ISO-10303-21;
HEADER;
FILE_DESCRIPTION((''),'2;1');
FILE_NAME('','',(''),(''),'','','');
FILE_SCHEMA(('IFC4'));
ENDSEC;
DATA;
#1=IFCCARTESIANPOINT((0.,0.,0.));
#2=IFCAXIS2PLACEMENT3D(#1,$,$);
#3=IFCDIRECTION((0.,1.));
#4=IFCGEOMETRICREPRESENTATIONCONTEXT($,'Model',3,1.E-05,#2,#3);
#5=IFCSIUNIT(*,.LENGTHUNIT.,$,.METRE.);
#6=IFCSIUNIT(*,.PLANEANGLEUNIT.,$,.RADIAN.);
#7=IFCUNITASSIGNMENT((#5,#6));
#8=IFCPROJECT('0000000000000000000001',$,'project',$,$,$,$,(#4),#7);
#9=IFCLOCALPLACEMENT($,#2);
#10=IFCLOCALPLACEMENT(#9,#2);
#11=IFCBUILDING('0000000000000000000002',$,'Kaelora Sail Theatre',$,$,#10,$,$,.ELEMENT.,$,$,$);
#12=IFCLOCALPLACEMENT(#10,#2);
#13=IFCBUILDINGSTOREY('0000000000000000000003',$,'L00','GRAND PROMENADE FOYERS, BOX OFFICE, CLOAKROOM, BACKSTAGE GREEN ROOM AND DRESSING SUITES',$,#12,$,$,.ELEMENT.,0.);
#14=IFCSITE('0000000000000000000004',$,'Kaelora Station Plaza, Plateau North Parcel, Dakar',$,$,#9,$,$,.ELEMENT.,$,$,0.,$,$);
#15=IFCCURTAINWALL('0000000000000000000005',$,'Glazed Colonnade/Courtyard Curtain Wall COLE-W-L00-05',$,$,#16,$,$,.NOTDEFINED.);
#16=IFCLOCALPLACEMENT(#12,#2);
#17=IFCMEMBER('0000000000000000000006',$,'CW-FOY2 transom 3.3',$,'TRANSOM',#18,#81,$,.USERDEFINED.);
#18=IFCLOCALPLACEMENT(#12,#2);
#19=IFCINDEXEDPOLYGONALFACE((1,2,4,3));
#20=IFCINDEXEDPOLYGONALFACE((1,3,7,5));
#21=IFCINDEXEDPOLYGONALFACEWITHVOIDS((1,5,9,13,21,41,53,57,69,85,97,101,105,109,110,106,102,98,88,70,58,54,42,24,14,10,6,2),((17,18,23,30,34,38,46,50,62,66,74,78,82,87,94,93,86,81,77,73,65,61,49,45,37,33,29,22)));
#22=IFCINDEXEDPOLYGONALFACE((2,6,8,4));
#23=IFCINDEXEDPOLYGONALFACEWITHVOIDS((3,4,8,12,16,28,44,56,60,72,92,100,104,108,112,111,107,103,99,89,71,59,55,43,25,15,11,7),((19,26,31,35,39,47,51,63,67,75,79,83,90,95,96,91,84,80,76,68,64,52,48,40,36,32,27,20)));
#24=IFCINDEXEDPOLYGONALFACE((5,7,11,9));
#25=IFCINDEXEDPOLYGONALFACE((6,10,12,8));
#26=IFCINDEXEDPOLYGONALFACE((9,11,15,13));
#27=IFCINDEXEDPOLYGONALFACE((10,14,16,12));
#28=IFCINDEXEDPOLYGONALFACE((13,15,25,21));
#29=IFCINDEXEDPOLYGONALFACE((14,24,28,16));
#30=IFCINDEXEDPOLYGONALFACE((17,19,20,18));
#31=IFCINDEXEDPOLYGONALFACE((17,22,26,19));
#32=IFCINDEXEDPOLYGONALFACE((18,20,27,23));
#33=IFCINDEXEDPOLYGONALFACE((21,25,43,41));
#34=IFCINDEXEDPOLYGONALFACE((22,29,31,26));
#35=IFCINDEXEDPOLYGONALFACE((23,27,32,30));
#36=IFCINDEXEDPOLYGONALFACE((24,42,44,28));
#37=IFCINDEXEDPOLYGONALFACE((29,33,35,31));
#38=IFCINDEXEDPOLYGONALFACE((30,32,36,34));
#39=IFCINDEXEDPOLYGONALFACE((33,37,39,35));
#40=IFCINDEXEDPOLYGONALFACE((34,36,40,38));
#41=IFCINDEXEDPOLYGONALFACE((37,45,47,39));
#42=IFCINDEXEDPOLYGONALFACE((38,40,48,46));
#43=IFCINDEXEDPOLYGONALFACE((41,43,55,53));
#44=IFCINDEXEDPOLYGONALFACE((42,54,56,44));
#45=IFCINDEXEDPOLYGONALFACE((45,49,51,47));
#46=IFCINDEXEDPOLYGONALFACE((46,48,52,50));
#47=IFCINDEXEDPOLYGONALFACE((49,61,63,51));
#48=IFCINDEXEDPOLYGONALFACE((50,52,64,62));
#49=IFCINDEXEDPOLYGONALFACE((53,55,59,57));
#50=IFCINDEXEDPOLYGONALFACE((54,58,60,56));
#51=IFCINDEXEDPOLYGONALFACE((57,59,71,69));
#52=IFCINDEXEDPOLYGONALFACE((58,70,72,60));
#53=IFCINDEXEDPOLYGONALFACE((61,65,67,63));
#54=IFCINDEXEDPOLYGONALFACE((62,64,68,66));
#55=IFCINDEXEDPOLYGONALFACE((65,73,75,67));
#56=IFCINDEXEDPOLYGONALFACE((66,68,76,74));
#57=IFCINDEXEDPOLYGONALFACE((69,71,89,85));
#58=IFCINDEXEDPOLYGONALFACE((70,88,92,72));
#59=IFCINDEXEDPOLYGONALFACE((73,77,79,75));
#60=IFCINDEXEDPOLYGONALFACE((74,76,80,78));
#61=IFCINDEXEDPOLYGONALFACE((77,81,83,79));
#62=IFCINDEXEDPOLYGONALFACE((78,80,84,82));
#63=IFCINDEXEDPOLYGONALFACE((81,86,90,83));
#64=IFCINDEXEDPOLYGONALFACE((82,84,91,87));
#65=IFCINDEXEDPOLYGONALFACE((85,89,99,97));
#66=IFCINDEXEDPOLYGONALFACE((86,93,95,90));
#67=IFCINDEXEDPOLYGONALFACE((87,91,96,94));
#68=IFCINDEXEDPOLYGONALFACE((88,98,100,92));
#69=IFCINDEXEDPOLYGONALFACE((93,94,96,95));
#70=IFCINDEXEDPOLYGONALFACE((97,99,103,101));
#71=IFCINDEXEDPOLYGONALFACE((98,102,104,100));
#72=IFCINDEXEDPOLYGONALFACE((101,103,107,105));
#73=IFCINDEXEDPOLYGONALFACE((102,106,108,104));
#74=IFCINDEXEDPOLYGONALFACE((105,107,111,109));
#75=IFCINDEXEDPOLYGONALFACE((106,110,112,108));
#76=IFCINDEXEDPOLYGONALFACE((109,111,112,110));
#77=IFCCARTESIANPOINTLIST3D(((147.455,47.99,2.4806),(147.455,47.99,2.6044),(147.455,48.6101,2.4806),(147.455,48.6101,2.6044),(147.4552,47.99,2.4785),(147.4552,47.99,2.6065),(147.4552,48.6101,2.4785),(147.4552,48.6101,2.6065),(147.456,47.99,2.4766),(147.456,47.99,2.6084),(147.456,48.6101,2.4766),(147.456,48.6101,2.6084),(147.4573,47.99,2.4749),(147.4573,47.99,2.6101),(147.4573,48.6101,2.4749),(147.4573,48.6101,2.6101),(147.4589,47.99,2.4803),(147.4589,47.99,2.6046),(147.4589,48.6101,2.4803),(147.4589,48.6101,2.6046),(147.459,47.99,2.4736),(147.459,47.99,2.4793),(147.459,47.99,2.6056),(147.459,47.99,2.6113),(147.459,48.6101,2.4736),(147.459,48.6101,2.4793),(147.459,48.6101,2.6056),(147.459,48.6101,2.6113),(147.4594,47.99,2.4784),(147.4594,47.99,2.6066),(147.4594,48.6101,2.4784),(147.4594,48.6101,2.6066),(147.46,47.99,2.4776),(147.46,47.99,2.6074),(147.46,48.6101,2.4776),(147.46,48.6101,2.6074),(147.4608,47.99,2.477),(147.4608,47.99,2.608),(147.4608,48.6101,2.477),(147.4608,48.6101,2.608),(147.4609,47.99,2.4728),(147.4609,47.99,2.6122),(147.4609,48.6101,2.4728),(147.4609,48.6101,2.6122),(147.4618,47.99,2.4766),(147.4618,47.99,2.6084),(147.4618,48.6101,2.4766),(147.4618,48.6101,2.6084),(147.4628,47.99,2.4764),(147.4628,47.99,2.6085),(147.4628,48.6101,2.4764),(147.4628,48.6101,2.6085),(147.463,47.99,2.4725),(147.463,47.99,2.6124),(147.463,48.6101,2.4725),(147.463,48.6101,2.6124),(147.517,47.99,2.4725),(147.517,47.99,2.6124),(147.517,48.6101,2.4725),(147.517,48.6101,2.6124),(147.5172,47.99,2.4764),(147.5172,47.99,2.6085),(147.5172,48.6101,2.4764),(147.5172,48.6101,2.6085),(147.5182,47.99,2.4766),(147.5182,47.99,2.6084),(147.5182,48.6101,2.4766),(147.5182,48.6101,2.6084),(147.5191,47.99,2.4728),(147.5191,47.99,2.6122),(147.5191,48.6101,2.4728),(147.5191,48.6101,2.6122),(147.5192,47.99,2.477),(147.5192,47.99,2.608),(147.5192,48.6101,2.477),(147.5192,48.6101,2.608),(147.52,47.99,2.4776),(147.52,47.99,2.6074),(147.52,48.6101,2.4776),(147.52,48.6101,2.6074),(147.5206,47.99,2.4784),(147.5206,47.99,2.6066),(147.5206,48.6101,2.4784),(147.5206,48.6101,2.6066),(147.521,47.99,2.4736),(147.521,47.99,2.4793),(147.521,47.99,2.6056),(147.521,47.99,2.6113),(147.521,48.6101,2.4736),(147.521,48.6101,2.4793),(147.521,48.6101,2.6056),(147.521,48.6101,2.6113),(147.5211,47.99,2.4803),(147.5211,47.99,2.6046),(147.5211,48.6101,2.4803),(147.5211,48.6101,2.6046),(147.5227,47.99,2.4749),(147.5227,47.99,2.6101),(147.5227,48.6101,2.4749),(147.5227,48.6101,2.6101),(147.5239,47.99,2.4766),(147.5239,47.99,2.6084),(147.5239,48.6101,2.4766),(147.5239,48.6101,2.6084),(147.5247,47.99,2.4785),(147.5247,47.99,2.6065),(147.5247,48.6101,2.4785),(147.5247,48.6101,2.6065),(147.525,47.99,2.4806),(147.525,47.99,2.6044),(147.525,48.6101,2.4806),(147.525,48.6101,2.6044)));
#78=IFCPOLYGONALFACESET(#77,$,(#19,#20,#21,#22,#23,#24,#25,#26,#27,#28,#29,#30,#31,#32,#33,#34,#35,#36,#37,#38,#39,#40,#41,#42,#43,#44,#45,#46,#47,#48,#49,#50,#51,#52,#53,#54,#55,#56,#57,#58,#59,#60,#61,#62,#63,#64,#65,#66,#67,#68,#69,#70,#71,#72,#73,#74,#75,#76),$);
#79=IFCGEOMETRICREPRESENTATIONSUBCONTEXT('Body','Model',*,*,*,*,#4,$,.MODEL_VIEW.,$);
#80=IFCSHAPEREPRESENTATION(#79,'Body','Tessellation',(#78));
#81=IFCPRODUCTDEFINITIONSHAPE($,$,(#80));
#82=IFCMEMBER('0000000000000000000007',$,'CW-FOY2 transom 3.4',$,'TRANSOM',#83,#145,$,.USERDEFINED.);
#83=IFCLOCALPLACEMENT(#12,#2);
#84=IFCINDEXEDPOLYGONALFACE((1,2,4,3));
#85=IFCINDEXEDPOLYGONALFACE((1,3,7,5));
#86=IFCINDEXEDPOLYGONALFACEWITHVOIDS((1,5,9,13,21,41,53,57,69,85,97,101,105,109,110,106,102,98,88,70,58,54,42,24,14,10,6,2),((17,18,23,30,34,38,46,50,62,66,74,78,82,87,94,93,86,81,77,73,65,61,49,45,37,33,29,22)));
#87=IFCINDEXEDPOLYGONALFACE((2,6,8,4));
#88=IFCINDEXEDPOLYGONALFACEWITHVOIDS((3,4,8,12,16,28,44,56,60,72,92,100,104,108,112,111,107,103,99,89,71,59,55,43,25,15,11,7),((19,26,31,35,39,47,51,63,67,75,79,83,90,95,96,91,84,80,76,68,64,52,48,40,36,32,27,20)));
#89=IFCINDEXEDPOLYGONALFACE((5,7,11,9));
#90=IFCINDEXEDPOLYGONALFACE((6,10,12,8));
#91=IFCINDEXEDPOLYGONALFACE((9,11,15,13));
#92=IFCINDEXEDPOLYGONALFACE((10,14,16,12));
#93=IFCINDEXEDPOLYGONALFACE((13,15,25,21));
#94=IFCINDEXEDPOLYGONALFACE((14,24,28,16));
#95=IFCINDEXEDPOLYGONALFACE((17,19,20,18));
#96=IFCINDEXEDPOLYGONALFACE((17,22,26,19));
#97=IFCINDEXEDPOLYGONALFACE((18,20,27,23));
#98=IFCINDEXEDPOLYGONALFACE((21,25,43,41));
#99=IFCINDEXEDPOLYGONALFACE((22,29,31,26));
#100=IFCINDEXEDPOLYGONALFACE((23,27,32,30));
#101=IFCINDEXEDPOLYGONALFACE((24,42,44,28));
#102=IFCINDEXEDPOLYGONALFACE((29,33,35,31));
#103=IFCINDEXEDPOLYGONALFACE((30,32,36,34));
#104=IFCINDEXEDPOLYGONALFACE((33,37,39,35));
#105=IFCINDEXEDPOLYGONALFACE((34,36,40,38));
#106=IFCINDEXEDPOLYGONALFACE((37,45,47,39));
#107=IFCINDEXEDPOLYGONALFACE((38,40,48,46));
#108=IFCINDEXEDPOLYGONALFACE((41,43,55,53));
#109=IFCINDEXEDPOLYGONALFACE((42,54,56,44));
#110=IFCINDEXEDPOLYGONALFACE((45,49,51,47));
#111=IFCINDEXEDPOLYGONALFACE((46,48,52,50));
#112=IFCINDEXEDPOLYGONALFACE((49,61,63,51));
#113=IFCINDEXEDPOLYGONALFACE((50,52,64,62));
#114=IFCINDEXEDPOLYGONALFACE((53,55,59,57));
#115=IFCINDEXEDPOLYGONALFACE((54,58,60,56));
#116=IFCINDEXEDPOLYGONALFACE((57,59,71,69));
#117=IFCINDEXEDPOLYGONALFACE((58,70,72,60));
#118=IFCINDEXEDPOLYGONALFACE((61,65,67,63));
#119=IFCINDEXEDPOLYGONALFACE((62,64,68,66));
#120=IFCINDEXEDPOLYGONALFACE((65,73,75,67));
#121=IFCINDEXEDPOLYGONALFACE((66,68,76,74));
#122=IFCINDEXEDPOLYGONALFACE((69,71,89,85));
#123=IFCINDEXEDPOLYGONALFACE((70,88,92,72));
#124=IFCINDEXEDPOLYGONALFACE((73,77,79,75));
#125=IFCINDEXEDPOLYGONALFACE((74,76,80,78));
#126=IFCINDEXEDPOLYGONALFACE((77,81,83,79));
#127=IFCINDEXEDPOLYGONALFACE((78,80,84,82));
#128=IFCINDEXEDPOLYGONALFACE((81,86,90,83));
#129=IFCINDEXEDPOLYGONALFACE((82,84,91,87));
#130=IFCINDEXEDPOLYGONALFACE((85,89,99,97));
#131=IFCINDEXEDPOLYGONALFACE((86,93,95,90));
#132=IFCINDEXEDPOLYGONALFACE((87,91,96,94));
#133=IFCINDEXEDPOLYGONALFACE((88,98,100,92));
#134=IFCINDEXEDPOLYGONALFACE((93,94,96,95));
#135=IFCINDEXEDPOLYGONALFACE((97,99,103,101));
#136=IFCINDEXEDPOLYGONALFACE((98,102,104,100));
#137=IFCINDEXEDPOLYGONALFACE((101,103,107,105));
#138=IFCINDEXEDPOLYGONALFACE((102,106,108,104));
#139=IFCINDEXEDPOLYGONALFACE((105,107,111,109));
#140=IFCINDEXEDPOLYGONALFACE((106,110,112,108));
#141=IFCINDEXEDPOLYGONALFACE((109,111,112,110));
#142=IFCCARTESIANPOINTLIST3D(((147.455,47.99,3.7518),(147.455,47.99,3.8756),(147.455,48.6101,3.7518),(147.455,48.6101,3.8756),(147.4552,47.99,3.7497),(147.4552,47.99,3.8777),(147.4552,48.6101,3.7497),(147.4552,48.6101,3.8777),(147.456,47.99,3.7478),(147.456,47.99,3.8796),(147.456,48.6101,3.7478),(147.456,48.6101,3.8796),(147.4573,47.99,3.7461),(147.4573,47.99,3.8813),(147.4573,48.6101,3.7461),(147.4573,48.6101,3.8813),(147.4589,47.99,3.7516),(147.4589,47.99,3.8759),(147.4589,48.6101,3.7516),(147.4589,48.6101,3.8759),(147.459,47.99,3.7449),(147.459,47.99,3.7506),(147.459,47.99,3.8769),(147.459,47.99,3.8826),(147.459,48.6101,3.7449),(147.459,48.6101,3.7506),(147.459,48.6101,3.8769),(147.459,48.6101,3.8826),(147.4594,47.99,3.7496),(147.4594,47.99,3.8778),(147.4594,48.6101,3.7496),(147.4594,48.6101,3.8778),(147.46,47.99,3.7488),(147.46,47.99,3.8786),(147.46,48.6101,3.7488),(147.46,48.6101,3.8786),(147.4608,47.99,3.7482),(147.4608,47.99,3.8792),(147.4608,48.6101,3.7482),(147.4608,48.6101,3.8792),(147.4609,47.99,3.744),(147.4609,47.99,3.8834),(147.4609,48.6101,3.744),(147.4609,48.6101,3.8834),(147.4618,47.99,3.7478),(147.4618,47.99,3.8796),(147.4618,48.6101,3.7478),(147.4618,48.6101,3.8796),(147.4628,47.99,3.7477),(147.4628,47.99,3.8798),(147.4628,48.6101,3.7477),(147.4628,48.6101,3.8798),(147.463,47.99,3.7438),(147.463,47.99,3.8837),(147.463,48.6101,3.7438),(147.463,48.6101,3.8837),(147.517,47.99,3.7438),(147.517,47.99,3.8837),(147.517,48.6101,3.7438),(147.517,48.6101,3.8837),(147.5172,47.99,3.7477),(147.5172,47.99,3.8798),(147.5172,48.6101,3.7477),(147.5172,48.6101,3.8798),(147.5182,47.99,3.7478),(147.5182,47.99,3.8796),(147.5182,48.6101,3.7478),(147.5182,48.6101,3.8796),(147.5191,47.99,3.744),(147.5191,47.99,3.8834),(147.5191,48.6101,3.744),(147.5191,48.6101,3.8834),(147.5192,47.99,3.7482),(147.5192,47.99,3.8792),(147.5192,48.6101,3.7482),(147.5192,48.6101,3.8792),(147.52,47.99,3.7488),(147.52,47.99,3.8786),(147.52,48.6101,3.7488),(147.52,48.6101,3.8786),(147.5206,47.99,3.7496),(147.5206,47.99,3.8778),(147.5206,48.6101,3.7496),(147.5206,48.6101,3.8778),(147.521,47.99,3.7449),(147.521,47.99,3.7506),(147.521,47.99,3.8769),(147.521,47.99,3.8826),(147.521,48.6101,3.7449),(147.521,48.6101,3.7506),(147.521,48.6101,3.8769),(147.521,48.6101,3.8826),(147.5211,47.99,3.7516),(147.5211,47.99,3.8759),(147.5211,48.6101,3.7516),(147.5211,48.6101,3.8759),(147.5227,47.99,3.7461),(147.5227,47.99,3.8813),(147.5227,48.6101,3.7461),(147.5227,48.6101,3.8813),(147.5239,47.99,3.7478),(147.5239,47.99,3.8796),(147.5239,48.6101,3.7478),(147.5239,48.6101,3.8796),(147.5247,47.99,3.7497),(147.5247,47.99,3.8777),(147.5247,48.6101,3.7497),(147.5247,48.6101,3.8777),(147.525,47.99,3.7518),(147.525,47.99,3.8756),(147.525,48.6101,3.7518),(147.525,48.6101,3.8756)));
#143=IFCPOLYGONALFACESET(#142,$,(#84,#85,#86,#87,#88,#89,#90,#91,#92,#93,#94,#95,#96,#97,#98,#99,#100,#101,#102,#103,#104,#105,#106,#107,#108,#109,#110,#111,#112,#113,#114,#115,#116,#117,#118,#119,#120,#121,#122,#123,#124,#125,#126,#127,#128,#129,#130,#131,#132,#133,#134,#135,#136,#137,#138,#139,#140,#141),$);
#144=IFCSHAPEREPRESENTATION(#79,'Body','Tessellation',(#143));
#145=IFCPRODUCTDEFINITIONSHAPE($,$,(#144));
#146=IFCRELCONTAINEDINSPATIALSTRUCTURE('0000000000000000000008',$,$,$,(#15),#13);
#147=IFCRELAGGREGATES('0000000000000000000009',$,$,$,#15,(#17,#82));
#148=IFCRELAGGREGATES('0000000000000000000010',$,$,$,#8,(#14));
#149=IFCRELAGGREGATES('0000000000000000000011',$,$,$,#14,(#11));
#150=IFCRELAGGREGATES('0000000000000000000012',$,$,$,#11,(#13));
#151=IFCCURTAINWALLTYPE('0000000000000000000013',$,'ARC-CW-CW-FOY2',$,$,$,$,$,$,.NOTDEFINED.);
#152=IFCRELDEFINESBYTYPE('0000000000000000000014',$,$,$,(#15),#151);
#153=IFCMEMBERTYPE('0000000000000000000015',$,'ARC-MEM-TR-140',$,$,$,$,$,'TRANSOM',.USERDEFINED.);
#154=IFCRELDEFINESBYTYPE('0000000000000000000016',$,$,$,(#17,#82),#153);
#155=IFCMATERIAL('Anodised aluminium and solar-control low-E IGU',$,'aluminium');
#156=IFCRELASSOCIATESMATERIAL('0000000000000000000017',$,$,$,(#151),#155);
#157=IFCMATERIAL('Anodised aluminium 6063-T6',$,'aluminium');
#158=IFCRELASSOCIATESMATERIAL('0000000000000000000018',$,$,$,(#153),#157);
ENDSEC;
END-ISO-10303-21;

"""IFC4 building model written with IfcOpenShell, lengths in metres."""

from ifc_helpers import new_model, si_unit, direction, frame, origin, origin_2d, place, context, subcontext, project, spatial, hollow_rectangle, extrude, material, material_profile, profile_set, type_object, element, aggregate, save


model = new_model("IFC4")

# Units and contexts
model_context = context("Model", 3, precision=1e-05, world=origin(), true_north=direction((0.0, 1.0)))
body_context = subcontext(model_context, "Body", "Model", "MODEL_VIEW")
ifc_project = project(units=[si_unit("LENGTHUNIT", "METRE"), si_unit("PLANEANGLEUNIT", "RADIAN")], contexts=[model_context])

# Site, building, storey
site_placement = place(None, origin())
site = spatial("IfcSite", under=ifc_project, at=site_placement, Name="Kaelora Station Plaza, Plateau North Parcel, Dakar", CompositionType="ELEMENT", RefElevation=0.0)
building_placement = place(site_placement, origin())
building = spatial("IfcBuilding", under=site, at=building_placement, Name="Kaelora Sail Theatre", CompositionType="ELEMENT")
storey_placement = place(building_placement, origin())
storey = spatial("IfcBuildingStorey", under=building, at=storey_placement, Name="L00", Description="GRAND PROMENADE FOYERS, BOX OFFICE, CLOAKROOM, BACKSTAGE GREEN ROOM AND DRESSING SUITES", CompositionType="ELEMENT", Elevation=0.0)

# Curtain wall, members
ifc_material_1 = material(Name="Anodised aluminium and solar-control low-E IGU", Category="aluminium")
curtain_wall_type = type_object("IfcCurtainWallType", Name="ARC-CW-CW-FOY2", PredefinedType="NOTDEFINED", material=ifc_material_1)
curtain_wall_placement = place(storey_placement, origin())
curtain_wall = element("IfcCurtainWall", 1, at=curtain_wall_placement, inside=storey, type_object=curtain_wall_type, Name="Glazed Colonnade/Courtyard Curtain Wall COLE-W-L00-05", PredefinedType="NOTDEFINED")
ifc_material_2 = material(Name="Anodised aluminium 6063-T6", Category="aluminium")
ifc_material_profile_1 = material_profile(ifc_material_2, hollow_rectangle(XDim=0.0701, YDim=0.1399, WallThickness=0.0039, InnerFilletRadius=0.0039, OuterFilletRadius=0.0081, at=origin_2d()), Name="ALU-TRAN 70x140x4")
ifc_profile_set_1 = profile_set([ifc_material_profile_1], Name="Anodised aluminium 6063-T6")
member_type_1 = type_object("IfcMemberType", Name="ARC-MEM-TR-140", ElementType="TRANSOM", PredefinedType="USERDEFINED", material=ifc_profile_set_1)
member_1_placement = place(storey_placement, frame((147.49, 47.99, 2.5425), z_axis=(0.0, 1.0, 0.0), x_axis=(-1.0, 0.0, 0.0)))
member_1 = element("IfcMember", 2, at=member_1_placement, type_object=member_type_1, Name="CW-FOY2 transom 3.3", ObjectType="TRANSOM", PredefinedType="USERDEFINED", context=body_context, shape_type="SweptSolid", body=[
    extrude(hollow_rectangle(XDim=0.0701, YDim=0.1399, WallThickness=0.0039, InnerFilletRadius=0.0039, OuterFilletRadius=0.0081, at=origin_2d()), origin(), (0.0, 0.0, 1.0), 0.6201),
])
member_2_placement = place(storey_placement, frame((147.49, 47.99, 3.8137), z_axis=(0.0, 1.0, 0.0), x_axis=(-1.0, 0.0, 0.0)))
member_2 = element("IfcMember", 3, at=member_2_placement, type_object=member_type_1, Name="CW-FOY2 transom 3.4", ObjectType="TRANSOM", PredefinedType="USERDEFINED", context=body_context, shape_type="SweptSolid", body=[
    extrude(hollow_rectangle(XDim=0.0701, YDim=0.1399, WallThickness=0.0039, InnerFilletRadius=0.0039, OuterFilletRadius=0.0081, at=origin_2d()), origin(), (0.0, 0.0, 1.0), 0.6201),
])
aggregate(curtain_wall, [member_1, member_2])

save(model, "model.ifc")
